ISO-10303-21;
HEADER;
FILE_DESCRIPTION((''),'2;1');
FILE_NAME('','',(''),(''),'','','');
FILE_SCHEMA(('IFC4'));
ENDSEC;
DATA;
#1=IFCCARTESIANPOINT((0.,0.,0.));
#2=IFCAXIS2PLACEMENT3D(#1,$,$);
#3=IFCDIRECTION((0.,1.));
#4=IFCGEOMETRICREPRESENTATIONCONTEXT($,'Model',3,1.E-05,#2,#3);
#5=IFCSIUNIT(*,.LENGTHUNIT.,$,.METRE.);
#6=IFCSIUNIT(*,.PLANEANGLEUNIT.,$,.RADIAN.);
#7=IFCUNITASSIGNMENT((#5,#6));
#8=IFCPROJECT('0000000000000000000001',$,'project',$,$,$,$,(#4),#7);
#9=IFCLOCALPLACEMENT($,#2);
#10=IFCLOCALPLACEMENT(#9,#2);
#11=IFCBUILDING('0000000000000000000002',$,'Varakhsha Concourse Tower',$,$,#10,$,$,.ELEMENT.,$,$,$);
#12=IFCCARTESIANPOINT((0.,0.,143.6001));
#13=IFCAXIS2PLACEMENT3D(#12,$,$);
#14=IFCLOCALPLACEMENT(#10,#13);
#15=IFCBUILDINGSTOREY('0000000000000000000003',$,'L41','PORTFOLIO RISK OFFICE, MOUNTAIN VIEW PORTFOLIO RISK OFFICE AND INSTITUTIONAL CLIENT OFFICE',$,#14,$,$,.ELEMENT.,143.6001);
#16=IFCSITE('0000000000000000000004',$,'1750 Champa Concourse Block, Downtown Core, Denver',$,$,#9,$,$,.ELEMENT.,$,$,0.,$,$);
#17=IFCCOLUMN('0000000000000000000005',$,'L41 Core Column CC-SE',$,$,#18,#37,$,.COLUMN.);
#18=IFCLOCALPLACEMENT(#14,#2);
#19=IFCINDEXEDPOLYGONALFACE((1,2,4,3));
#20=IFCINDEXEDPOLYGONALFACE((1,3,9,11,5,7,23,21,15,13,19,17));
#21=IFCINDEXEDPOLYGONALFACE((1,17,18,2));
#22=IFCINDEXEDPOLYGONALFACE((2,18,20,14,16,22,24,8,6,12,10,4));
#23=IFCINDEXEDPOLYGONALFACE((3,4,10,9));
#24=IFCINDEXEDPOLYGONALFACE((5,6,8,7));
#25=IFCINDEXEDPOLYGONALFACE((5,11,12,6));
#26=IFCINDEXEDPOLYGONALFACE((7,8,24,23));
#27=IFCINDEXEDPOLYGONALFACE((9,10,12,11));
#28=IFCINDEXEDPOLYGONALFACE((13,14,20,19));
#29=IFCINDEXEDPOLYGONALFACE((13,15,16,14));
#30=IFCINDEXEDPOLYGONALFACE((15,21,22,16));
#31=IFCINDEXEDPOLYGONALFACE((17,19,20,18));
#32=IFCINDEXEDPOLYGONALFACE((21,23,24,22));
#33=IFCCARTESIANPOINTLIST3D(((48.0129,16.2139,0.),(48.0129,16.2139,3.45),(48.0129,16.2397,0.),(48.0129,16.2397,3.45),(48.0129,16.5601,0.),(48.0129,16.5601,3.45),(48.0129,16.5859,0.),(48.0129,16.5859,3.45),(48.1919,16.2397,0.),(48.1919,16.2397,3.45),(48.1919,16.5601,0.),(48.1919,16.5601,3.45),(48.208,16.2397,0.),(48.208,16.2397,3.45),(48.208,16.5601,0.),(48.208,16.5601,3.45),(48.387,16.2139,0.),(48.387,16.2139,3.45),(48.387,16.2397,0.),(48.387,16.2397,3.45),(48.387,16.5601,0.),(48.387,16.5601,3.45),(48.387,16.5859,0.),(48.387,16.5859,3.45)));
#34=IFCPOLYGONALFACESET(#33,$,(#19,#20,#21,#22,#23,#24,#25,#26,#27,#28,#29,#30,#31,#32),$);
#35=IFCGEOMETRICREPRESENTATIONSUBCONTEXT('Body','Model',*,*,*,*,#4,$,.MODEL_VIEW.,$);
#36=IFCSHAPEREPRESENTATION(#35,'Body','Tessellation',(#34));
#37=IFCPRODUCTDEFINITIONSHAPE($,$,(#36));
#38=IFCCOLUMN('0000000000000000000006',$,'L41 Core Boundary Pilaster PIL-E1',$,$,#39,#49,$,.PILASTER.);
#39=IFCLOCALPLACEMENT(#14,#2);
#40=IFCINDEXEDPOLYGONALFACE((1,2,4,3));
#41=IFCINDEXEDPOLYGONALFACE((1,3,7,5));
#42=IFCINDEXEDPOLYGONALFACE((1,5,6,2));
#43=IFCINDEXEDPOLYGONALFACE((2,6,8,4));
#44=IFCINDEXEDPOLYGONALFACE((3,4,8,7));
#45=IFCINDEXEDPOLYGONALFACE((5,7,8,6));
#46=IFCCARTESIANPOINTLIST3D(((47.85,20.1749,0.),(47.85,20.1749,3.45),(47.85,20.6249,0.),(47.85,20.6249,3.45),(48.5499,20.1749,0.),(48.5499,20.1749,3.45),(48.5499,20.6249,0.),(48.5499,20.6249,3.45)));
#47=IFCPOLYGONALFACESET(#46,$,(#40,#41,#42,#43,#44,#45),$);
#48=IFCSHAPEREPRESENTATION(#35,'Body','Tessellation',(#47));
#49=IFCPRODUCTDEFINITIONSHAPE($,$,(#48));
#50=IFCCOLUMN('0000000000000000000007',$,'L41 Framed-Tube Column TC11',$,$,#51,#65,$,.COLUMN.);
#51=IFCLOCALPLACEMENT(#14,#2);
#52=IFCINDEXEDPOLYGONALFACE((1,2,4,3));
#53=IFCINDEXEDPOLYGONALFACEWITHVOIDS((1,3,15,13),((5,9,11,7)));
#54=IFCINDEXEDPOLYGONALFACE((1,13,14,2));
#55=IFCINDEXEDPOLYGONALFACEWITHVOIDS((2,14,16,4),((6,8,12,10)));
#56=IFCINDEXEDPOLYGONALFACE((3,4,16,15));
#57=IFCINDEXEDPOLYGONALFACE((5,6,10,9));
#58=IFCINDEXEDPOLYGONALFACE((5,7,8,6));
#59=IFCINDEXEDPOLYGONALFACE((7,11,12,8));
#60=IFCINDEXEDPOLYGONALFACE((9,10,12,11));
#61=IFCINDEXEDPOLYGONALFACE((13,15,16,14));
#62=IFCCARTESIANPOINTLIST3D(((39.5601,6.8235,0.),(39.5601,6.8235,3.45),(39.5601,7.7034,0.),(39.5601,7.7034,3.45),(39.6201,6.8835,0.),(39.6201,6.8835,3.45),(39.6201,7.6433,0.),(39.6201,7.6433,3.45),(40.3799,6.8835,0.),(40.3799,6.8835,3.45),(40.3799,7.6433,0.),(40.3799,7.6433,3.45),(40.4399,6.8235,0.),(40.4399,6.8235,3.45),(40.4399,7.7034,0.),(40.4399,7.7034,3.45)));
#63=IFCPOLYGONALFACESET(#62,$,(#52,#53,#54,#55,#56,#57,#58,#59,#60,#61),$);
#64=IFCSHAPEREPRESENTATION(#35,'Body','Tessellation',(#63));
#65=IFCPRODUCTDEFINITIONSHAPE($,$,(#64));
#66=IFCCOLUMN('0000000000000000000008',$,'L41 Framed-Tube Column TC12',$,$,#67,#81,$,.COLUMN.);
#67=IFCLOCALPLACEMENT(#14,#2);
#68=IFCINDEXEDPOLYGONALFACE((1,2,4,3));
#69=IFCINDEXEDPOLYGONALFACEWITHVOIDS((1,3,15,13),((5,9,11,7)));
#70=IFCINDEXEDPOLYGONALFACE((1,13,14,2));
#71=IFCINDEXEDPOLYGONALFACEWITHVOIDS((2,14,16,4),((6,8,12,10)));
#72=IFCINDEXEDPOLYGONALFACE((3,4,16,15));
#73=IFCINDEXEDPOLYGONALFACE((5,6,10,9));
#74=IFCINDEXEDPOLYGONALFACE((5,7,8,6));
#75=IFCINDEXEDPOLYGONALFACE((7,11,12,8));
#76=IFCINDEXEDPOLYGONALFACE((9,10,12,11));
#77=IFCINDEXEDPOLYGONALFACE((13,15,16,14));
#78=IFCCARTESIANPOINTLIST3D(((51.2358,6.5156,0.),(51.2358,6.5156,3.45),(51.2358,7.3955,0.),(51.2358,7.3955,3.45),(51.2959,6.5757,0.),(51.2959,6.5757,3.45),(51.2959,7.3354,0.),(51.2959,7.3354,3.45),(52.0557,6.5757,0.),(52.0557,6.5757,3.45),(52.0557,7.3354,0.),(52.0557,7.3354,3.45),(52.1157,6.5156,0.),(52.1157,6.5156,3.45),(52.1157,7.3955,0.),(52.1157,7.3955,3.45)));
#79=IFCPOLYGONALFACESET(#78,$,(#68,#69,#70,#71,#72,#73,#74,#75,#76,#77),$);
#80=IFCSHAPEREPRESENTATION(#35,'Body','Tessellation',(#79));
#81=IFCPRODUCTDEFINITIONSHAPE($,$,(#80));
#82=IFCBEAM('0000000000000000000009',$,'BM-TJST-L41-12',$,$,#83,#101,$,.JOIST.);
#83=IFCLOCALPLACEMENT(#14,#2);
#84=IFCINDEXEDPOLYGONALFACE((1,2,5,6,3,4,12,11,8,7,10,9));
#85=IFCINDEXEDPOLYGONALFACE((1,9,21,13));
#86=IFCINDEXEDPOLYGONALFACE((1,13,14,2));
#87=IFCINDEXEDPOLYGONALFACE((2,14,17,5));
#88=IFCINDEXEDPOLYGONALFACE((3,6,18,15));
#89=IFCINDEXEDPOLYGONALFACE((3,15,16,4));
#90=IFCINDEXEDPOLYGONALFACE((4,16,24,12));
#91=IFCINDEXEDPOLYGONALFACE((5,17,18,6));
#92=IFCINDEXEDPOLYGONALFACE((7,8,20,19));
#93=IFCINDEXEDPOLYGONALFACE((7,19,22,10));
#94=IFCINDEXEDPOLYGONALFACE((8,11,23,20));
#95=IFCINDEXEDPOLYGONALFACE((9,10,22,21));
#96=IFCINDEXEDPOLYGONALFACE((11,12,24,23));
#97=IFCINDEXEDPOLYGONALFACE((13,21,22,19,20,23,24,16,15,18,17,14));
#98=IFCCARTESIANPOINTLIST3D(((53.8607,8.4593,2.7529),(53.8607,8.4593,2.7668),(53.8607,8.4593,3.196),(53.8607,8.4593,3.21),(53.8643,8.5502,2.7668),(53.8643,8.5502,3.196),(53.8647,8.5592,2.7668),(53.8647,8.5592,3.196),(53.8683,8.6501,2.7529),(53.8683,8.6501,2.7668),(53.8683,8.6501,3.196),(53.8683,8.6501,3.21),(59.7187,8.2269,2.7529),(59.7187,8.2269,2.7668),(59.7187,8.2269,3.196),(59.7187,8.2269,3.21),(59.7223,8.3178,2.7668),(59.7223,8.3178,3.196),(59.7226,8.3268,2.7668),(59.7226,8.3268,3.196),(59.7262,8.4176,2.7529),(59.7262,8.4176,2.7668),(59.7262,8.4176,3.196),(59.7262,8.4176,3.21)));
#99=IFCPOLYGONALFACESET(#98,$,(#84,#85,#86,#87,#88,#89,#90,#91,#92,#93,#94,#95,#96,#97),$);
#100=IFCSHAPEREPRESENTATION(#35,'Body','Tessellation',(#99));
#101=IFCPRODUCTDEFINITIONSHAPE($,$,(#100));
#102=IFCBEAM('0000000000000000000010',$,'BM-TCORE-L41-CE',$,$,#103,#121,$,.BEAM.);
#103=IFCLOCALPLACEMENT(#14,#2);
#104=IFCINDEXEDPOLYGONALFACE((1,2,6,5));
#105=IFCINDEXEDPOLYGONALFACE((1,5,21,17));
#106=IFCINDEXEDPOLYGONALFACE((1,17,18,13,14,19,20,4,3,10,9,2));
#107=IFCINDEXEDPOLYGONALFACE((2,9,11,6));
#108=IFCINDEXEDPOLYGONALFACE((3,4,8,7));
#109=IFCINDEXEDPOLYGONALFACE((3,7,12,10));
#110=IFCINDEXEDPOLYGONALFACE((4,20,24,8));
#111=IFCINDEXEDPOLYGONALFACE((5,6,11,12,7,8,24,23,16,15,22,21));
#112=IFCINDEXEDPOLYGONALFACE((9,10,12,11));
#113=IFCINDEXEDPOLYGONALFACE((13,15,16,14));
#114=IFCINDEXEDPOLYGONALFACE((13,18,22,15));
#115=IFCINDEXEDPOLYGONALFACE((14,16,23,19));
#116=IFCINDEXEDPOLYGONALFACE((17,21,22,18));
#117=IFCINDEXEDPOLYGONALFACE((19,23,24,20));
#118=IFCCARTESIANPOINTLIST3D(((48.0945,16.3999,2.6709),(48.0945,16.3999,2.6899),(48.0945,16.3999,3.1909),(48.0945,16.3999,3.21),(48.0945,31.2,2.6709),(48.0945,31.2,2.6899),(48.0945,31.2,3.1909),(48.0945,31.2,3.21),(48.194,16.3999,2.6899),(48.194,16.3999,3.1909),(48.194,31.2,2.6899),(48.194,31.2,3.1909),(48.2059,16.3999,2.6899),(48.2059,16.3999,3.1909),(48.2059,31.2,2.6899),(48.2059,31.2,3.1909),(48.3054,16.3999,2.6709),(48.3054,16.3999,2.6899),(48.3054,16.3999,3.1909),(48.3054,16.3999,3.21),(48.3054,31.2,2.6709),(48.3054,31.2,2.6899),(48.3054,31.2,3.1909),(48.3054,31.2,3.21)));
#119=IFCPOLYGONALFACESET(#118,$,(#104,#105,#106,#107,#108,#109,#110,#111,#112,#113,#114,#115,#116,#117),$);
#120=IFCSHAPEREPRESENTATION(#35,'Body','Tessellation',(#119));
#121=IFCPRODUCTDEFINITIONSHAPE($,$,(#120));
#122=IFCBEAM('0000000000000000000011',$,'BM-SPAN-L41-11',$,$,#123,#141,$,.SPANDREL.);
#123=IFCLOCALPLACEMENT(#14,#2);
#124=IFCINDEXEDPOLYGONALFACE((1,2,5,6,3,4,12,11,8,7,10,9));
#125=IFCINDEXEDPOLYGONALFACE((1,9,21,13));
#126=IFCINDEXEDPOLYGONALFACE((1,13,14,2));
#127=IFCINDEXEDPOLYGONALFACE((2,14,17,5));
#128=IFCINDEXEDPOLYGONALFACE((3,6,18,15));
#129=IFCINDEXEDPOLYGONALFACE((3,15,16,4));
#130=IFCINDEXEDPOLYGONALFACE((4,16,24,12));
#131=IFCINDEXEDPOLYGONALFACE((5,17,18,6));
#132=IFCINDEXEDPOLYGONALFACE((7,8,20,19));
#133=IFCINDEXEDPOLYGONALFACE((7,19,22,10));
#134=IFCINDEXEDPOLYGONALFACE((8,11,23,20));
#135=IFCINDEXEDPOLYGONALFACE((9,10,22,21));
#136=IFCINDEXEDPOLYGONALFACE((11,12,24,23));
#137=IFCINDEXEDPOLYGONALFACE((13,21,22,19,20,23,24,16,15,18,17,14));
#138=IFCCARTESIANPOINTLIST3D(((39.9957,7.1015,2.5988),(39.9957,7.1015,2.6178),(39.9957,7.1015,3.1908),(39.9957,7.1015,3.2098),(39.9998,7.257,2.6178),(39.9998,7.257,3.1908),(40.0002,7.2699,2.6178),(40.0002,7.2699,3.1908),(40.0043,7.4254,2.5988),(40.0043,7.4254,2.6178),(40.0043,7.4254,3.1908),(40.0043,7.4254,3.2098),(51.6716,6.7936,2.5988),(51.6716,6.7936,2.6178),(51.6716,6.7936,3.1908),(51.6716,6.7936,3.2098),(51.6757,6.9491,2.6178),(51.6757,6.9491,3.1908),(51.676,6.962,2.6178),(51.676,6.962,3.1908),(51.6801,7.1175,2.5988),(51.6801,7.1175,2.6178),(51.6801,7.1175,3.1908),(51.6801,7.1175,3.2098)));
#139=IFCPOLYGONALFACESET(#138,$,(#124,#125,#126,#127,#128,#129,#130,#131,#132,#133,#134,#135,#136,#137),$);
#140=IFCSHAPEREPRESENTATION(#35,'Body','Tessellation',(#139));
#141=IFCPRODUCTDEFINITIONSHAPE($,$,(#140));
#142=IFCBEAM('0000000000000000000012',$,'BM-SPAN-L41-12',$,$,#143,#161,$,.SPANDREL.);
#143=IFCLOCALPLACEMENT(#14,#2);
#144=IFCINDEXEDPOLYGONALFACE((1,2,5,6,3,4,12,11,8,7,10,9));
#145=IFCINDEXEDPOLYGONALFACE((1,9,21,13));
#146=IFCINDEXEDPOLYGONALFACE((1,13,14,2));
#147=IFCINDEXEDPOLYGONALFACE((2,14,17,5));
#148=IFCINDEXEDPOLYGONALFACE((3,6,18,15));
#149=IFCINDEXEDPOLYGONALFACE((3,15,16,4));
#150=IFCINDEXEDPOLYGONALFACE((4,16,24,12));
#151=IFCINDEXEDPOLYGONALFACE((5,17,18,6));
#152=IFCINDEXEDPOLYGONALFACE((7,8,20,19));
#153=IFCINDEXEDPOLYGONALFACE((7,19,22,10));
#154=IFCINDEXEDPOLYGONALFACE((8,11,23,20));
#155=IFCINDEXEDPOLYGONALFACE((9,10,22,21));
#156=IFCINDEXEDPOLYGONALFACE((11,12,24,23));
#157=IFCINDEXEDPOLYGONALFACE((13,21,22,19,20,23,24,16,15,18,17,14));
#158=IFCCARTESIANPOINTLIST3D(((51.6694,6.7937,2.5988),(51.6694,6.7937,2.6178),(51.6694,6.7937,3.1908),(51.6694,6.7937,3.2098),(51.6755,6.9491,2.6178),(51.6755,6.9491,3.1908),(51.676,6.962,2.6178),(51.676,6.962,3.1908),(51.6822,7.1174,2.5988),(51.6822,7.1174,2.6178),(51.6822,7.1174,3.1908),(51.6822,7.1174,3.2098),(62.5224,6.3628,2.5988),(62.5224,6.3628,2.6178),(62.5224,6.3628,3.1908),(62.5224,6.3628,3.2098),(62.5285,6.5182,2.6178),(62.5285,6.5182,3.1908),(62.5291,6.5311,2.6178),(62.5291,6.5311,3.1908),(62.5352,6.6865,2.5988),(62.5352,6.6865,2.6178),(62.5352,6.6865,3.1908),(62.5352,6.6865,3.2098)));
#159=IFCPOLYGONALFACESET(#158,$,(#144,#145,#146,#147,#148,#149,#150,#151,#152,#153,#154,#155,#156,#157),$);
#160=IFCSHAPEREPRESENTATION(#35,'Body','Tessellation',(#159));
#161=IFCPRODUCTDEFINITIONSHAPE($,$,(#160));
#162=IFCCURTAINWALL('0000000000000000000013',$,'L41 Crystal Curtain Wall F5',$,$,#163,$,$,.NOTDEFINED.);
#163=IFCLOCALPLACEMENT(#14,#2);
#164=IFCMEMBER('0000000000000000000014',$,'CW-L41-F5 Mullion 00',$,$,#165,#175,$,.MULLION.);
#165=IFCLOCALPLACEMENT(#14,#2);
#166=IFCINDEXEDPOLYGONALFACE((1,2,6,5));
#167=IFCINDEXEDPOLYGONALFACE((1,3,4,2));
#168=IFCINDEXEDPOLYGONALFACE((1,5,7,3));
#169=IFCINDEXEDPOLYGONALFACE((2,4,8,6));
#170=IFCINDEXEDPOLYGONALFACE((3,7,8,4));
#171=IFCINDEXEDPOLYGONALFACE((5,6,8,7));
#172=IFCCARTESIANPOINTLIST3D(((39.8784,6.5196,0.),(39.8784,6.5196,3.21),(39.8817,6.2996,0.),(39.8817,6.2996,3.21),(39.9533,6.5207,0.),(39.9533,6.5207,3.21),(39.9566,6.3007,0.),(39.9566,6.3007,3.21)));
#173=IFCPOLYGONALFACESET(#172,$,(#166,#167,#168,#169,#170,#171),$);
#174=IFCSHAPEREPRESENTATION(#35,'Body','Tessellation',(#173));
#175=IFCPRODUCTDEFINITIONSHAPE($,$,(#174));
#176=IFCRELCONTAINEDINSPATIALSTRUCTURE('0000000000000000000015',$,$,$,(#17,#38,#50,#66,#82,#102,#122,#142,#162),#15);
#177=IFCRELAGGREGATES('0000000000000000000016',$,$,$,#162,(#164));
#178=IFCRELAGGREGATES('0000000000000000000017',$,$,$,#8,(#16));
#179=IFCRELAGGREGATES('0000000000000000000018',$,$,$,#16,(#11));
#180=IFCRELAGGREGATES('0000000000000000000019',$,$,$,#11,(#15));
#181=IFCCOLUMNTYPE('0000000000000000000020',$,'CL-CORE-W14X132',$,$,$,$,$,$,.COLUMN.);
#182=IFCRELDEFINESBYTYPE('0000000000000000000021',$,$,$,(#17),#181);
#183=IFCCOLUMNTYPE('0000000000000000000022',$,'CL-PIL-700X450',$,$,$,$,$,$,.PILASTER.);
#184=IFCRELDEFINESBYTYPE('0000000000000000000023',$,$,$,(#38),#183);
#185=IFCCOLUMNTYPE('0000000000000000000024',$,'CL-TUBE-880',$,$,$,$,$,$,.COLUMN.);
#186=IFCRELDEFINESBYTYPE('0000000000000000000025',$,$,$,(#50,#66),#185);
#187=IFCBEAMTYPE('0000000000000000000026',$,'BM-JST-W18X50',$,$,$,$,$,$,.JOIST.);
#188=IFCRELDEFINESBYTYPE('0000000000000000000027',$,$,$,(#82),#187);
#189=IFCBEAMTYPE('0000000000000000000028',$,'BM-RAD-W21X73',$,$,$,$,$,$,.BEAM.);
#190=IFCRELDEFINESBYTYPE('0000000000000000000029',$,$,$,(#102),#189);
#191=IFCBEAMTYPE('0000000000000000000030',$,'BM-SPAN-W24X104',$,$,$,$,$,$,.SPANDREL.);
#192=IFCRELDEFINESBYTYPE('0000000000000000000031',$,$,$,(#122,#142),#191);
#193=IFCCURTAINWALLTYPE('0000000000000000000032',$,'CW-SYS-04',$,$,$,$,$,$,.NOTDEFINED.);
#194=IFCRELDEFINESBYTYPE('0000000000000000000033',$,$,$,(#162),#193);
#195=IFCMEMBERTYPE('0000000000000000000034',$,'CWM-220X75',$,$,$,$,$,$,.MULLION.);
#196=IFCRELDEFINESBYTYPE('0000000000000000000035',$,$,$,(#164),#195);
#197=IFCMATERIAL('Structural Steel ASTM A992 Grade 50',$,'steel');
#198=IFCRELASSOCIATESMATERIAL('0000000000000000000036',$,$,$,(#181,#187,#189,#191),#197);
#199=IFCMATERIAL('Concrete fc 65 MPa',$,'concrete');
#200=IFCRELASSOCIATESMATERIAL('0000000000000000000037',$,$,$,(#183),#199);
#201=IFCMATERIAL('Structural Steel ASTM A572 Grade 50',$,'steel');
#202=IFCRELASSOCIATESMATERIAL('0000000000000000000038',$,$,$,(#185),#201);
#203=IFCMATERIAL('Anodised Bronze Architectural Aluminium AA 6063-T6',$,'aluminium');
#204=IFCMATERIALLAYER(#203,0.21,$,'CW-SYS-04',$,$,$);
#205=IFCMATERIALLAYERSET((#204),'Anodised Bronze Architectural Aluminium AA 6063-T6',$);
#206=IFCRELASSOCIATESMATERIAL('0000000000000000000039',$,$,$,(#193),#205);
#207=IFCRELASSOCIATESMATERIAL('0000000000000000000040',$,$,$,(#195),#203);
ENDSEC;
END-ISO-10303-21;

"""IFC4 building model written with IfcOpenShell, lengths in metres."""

from ifc_helpers import new_model, si_unit, direction, frame, origin, origin_2d, place, context, subcontext, project, spatial, rectangle, hollow_rectangle, i_section, extrude, source, transform, mapped, material, layer, layer_set, material_profile, profile_set, type_object, type_shapes, element, aggregate, save


model = new_model("IFC4")

# Units and contexts
model_context = context("Model", 3, precision=1e-05, world=origin(), true_north=direction((0.0, 1.0)))
body_context = subcontext(model_context, "Body", "Model", "MODEL_VIEW")
ifc_project = project(units=[si_unit("LENGTHUNIT", "METRE"), si_unit("PLANEANGLEUNIT", "RADIAN")], contexts=[model_context])

# Site, building, storey
site_placement = place(None, origin())
site = spatial("IfcSite", under=ifc_project, at=site_placement, Name="1750 Champa Concourse Block, Downtown Core, Denver", CompositionType="ELEMENT", RefElevation=0.0)
building_placement = place(site_placement, origin())
building = spatial("IfcBuilding", under=site, at=building_placement, Name="Varakhsha Concourse Tower", CompositionType="ELEMENT")
storey_placement = place(building_placement, frame((0.0, 0.0, 143.6001)))
storey = spatial("IfcBuildingStorey", under=building, at=storey_placement, Name="L41", Description="PORTFOLIO RISK OFFICE, MOUNTAIN VIEW PORTFOLIO RISK OFFICE AND INSTITUTIONAL CLIENT OFFICE", CompositionType="ELEMENT", Elevation=143.6001)

# Columns
ifc_material_1 = material(Name="Structural Steel ASTM A992 Grade 50", Category="steel")
ifc_material_profile_1 = material_profile(ifc_material_1, i_section(OverallWidth=0.374, OverallDepth=0.3721, WebThickness=0.0161, FlangeThickness=0.0259, at=origin_2d()), Name="W14X132")
ifc_profile_set_1 = profile_set([ifc_material_profile_1], Name="Structural Steel ASTM A992 Grade 50")
column_type_1 = type_object("IfcColumnType", Name="CL-CORE-W14X132", PredefinedType="COLUMN", material=ifc_profile_set_1)
column_1_placement = place(storey_placement, frame((48.2, 16.3999, 0.0), z_axis=(0.0, 0.0, 1.0), x_axis=(1.0, 0.0, 0.0)))
element("IfcColumn", 1, at=column_1_placement, inside=storey, type_object=column_type_1, Name="L41 Core Column CC-SE", PredefinedType="COLUMN", context=body_context, shape_type="SweptSolid", body=[
    extrude(i_section(OverallWidth=0.374, OverallDepth=0.3721, WebThickness=0.0161, FlangeThickness=0.0259, at=origin_2d()), origin(), (0.0, 0.0, 1.0), 3.45),
])
ifc_material_2 = material(Name="Concrete fc 65 MPa", Category="concrete")
ifc_material_profile_2 = material_profile(ifc_material_2, rectangle(XDim=0.7, YDim=0.45, at=origin_2d()), Name="RC 700x450")
ifc_profile_set_2 = profile_set([ifc_material_profile_2], Name="Concrete fc 65 MPa")
column_type_2 = type_object("IfcColumnType", Name="CL-PIL-700X450", PredefinedType="PILASTER", material=ifc_profile_set_2)
column_2_placement = place(storey_placement, frame((48.2, 20.3999, 0.0), z_axis=(0.0, 0.0, 1.0), x_axis=(1.0, 0.0, 0.0)))
element("IfcColumn", 2, at=column_2_placement, inside=storey, type_object=column_type_2, Name="L41 Core Boundary Pilaster PIL-E1", PredefinedType="PILASTER", context=body_context, shape_type="SweptSolid", body=[
    extrude(rectangle(XDim=0.7, YDim=0.45, at=origin_2d()), origin(), (0.0, 0.0, 1.0), 3.45),
])
ifc_material_3 = material(Name="Structural Steel ASTM A572 Grade 50", Category="steel")
ifc_material_profile_3 = material_profile(ifc_material_3, hollow_rectangle(XDim=0.8799, YDim=0.8799, WallThickness=0.0601, at=origin_2d()), Name="BOX 880x880x60")
ifc_profile_set_3 = profile_set([ifc_material_profile_3], Name="Structural Steel ASTM A572 Grade 50")
column_type_3 = type_object("IfcColumnType", Name="CL-TUBE-880", PredefinedType="COLUMN", material=ifc_profile_set_3)
for number, where, z_axis, x_axis, name in (
    (3, (40.0, 7.2634, 0.0), (0.0, 0.0, 1.0), (1.0, 0.0, 0.0), "L41 Framed-Tube Column TC11"),
    (4, (51.6758, 6.9556, 0.0), (0.0, 0.0, 1.0), (1.0, 0.0, 0.0), "L41 Framed-Tube Column TC12"),
):
    element("IfcColumn", number, at=place(storey_placement, frame(where, z_axis=z_axis, x_axis=x_axis)), inside=storey, type_object=column_type_3, Name=name, PredefinedType="COLUMN", context=body_context, shape_type="SweptSolid", body=[
        extrude(hollow_rectangle(XDim=0.8799, YDim=0.8799, WallThickness=0.0601, at=origin_2d()), origin(), (0.0, 0.0, 1.0), 3.45),
    ])

# Beams
ifc_material_profile_4 = material_profile(ifc_material_1, i_section(OverallWidth=0.1909, OverallDepth=0.457, WebThickness=0.009, FlangeThickness=0.0139, at=origin_2d()), Name="W18X50")
ifc_profile_set_4 = profile_set([ifc_material_profile_4], Name="Structural Steel ASTM A992 Grade 50")
beam_type_1 = type_object("IfcBeamType", Name="BM-JST-W18X50", PredefinedType="JOIST", material=ifc_profile_set_4)
beam_1_placement = place(storey_placement, frame((53.8645, 8.5547, 2.9814), z_axis=(0.999214, -0.039645, 0.0), x_axis=(0.039645, 0.999214, 0.0)))
element("IfcBeam", 5, at=beam_1_placement, inside=storey, type_object=beam_type_1, Name="BM-TJST-L41-12", PredefinedType="JOIST", context=body_context, shape_type="SweptSolid", body=[
    extrude(i_section(OverallWidth=0.1909, OverallDepth=0.457, WebThickness=0.009, FlangeThickness=0.0139, at=origin_2d()), origin(), (0.0, 0.0, 1.0), 5.8625),
])
ifc_material_profile_5 = material_profile(ifc_material_1, i_section(OverallWidth=0.2109, OverallDepth=0.5391, WebThickness=0.012, FlangeThickness=0.019, at=origin_2d()), Name="W21X73")
ifc_profile_set_5 = profile_set([ifc_material_profile_5], Name="Structural Steel ASTM A992 Grade 50")
beam_type_2 = type_object("IfcBeamType", Name="BM-RAD-W21X73", PredefinedType="BEAM", material=ifc_profile_set_5)
beam_2_placement = place(storey_placement, frame((48.2, 16.3999, 2.9404), z_axis=(0.0, 1.0, 0.0), x_axis=(-1.0, 0.0, 0.0)))
element("IfcBeam", 6, at=beam_2_placement, inside=storey, type_object=beam_type_2, Name="BM-TCORE-L41-CE", PredefinedType="BEAM", context=body_context, shape_type="SweptSolid", body=[
    extrude(i_section(OverallWidth=0.2109, OverallDepth=0.5391, WebThickness=0.012, FlangeThickness=0.019, at=origin_2d()), origin(), (0.0, 0.0, 1.0), 14.8),
])
ifc_material_profile_6 = material_profile(ifc_material_1, i_section(OverallWidth=0.324, OverallDepth=0.6111, WebThickness=0.0129, FlangeThickness=0.019, at=origin_2d()), Name="W24X104")
ifc_profile_set_6 = profile_set([ifc_material_profile_6], Name="Structural Steel ASTM A992 Grade 50")
beam_type_3 = type_object("IfcBeamType", Name="BM-SPAN-W24X104", PredefinedType="SPANDREL", material=ifc_profile_set_6)
beam_3_placement = place(storey_placement, frame((40.0, 7.2634, 2.9043), z_axis=(0.999653, -0.026358, 0.0), x_axis=(0.026358, 0.999653, 0.0)))
element("IfcBeam", 7, at=beam_3_placement, inside=storey, type_object=beam_type_3, Name="BM-SPAN-L41-11", PredefinedType="SPANDREL", context=body_context, shape_type="SweptSolid", body=[
    extrude(i_section(OverallWidth=0.324, OverallDepth=0.6111, WebThickness=0.0129, FlangeThickness=0.019, at=origin_2d()), origin(), (0.0, 0.0, 1.0), 11.6799),
])
beam_4_placement = place(storey_placement, frame((51.6758, 6.9556, 2.9043), z_axis=(0.999213, -0.039673, 0.0), x_axis=(0.039673, 0.999213, 0.0)))
element("IfcBeam", 8, at=beam_4_placement, inside=storey, type_object=beam_type_3, Name="BM-SPAN-L41-12", PredefinedType="SPANDREL", context=body_context, shape_type="SweptSolid", body=[
    extrude(i_section(OverallWidth=0.324, OverallDepth=0.6111, WebThickness=0.0129, FlangeThickness=0.019, at=origin_2d()), origin(), (0.0, 0.0, 1.0), 10.8616),
])

# Curtain wall, member
ifc_material_4 = material(Name="Anodised Bronze Architectural Aluminium AA 6063-T6", Category="aluminium")
ifc_layer_1 = layer(ifc_material_4, 0.21, Name="CW-SYS-04")
ifc_layer_set_1 = layer_set([ifc_layer_1], Name="Anodised Bronze Architectural Aluminium AA 6063-T6")
curtain_wall_type = type_object("IfcCurtainWallType", Name="CW-SYS-04", PredefinedType="NOTDEFINED", material=ifc_layer_set_1)
curtain_wall_1_placement = place(storey_placement, origin())
curtain_wall_1 = element("IfcCurtainWall", 9, at=curtain_wall_1_placement, inside=storey, type_object=curtain_wall_type, Name="L41 Crystal Curtain Wall F5", PredefinedType="NOTDEFINED")
ifc_material_profile_7 = material_profile(ifc_material_4, rectangle(XDim=0.075, YDim=0.22, at=origin_2d()), Name="CWM-220X75")
ifc_profile_set_7 = profile_set([ifc_material_profile_7], Name="Anodised Bronze Architectural Aluminium AA 6063-T6")
member_type_1 = type_object("IfcMemberType", Name="CWM-220X75", PredefinedType="MULLION", material=ifc_profile_set_7)
shared_shape_1 = source(origin(), body_context, "Body", "SweptSolid", [
    extrude(rectangle(XDim=0.075, YDim=0.22, at=origin_2d()), origin(), (0.0, 0.0, 1.0), 3.21),
])
type_shapes(member_type_1, [shared_shape_1])
member_1_placement = place(storey_placement, frame((39.9175, 6.4102, 0.0), z_axis=(0.0, 0.0, 1.0), x_axis=(-0.999887, -0.015063, 0.0)))
member_1 = element("IfcMember", 10, at=member_1_placement, type_object=member_type_1, Name="CW-L41-F5 Mullion 00", PredefinedType="MULLION", context=body_context, shape_type="MappedRepresentation", body=[
    mapped(shared_shape_1, transform((0.0, 0.0, 0.0), scale=1.0)),
])

aggregate(curtain_wall_1, [member_1])

save(model, "model.ifc")
